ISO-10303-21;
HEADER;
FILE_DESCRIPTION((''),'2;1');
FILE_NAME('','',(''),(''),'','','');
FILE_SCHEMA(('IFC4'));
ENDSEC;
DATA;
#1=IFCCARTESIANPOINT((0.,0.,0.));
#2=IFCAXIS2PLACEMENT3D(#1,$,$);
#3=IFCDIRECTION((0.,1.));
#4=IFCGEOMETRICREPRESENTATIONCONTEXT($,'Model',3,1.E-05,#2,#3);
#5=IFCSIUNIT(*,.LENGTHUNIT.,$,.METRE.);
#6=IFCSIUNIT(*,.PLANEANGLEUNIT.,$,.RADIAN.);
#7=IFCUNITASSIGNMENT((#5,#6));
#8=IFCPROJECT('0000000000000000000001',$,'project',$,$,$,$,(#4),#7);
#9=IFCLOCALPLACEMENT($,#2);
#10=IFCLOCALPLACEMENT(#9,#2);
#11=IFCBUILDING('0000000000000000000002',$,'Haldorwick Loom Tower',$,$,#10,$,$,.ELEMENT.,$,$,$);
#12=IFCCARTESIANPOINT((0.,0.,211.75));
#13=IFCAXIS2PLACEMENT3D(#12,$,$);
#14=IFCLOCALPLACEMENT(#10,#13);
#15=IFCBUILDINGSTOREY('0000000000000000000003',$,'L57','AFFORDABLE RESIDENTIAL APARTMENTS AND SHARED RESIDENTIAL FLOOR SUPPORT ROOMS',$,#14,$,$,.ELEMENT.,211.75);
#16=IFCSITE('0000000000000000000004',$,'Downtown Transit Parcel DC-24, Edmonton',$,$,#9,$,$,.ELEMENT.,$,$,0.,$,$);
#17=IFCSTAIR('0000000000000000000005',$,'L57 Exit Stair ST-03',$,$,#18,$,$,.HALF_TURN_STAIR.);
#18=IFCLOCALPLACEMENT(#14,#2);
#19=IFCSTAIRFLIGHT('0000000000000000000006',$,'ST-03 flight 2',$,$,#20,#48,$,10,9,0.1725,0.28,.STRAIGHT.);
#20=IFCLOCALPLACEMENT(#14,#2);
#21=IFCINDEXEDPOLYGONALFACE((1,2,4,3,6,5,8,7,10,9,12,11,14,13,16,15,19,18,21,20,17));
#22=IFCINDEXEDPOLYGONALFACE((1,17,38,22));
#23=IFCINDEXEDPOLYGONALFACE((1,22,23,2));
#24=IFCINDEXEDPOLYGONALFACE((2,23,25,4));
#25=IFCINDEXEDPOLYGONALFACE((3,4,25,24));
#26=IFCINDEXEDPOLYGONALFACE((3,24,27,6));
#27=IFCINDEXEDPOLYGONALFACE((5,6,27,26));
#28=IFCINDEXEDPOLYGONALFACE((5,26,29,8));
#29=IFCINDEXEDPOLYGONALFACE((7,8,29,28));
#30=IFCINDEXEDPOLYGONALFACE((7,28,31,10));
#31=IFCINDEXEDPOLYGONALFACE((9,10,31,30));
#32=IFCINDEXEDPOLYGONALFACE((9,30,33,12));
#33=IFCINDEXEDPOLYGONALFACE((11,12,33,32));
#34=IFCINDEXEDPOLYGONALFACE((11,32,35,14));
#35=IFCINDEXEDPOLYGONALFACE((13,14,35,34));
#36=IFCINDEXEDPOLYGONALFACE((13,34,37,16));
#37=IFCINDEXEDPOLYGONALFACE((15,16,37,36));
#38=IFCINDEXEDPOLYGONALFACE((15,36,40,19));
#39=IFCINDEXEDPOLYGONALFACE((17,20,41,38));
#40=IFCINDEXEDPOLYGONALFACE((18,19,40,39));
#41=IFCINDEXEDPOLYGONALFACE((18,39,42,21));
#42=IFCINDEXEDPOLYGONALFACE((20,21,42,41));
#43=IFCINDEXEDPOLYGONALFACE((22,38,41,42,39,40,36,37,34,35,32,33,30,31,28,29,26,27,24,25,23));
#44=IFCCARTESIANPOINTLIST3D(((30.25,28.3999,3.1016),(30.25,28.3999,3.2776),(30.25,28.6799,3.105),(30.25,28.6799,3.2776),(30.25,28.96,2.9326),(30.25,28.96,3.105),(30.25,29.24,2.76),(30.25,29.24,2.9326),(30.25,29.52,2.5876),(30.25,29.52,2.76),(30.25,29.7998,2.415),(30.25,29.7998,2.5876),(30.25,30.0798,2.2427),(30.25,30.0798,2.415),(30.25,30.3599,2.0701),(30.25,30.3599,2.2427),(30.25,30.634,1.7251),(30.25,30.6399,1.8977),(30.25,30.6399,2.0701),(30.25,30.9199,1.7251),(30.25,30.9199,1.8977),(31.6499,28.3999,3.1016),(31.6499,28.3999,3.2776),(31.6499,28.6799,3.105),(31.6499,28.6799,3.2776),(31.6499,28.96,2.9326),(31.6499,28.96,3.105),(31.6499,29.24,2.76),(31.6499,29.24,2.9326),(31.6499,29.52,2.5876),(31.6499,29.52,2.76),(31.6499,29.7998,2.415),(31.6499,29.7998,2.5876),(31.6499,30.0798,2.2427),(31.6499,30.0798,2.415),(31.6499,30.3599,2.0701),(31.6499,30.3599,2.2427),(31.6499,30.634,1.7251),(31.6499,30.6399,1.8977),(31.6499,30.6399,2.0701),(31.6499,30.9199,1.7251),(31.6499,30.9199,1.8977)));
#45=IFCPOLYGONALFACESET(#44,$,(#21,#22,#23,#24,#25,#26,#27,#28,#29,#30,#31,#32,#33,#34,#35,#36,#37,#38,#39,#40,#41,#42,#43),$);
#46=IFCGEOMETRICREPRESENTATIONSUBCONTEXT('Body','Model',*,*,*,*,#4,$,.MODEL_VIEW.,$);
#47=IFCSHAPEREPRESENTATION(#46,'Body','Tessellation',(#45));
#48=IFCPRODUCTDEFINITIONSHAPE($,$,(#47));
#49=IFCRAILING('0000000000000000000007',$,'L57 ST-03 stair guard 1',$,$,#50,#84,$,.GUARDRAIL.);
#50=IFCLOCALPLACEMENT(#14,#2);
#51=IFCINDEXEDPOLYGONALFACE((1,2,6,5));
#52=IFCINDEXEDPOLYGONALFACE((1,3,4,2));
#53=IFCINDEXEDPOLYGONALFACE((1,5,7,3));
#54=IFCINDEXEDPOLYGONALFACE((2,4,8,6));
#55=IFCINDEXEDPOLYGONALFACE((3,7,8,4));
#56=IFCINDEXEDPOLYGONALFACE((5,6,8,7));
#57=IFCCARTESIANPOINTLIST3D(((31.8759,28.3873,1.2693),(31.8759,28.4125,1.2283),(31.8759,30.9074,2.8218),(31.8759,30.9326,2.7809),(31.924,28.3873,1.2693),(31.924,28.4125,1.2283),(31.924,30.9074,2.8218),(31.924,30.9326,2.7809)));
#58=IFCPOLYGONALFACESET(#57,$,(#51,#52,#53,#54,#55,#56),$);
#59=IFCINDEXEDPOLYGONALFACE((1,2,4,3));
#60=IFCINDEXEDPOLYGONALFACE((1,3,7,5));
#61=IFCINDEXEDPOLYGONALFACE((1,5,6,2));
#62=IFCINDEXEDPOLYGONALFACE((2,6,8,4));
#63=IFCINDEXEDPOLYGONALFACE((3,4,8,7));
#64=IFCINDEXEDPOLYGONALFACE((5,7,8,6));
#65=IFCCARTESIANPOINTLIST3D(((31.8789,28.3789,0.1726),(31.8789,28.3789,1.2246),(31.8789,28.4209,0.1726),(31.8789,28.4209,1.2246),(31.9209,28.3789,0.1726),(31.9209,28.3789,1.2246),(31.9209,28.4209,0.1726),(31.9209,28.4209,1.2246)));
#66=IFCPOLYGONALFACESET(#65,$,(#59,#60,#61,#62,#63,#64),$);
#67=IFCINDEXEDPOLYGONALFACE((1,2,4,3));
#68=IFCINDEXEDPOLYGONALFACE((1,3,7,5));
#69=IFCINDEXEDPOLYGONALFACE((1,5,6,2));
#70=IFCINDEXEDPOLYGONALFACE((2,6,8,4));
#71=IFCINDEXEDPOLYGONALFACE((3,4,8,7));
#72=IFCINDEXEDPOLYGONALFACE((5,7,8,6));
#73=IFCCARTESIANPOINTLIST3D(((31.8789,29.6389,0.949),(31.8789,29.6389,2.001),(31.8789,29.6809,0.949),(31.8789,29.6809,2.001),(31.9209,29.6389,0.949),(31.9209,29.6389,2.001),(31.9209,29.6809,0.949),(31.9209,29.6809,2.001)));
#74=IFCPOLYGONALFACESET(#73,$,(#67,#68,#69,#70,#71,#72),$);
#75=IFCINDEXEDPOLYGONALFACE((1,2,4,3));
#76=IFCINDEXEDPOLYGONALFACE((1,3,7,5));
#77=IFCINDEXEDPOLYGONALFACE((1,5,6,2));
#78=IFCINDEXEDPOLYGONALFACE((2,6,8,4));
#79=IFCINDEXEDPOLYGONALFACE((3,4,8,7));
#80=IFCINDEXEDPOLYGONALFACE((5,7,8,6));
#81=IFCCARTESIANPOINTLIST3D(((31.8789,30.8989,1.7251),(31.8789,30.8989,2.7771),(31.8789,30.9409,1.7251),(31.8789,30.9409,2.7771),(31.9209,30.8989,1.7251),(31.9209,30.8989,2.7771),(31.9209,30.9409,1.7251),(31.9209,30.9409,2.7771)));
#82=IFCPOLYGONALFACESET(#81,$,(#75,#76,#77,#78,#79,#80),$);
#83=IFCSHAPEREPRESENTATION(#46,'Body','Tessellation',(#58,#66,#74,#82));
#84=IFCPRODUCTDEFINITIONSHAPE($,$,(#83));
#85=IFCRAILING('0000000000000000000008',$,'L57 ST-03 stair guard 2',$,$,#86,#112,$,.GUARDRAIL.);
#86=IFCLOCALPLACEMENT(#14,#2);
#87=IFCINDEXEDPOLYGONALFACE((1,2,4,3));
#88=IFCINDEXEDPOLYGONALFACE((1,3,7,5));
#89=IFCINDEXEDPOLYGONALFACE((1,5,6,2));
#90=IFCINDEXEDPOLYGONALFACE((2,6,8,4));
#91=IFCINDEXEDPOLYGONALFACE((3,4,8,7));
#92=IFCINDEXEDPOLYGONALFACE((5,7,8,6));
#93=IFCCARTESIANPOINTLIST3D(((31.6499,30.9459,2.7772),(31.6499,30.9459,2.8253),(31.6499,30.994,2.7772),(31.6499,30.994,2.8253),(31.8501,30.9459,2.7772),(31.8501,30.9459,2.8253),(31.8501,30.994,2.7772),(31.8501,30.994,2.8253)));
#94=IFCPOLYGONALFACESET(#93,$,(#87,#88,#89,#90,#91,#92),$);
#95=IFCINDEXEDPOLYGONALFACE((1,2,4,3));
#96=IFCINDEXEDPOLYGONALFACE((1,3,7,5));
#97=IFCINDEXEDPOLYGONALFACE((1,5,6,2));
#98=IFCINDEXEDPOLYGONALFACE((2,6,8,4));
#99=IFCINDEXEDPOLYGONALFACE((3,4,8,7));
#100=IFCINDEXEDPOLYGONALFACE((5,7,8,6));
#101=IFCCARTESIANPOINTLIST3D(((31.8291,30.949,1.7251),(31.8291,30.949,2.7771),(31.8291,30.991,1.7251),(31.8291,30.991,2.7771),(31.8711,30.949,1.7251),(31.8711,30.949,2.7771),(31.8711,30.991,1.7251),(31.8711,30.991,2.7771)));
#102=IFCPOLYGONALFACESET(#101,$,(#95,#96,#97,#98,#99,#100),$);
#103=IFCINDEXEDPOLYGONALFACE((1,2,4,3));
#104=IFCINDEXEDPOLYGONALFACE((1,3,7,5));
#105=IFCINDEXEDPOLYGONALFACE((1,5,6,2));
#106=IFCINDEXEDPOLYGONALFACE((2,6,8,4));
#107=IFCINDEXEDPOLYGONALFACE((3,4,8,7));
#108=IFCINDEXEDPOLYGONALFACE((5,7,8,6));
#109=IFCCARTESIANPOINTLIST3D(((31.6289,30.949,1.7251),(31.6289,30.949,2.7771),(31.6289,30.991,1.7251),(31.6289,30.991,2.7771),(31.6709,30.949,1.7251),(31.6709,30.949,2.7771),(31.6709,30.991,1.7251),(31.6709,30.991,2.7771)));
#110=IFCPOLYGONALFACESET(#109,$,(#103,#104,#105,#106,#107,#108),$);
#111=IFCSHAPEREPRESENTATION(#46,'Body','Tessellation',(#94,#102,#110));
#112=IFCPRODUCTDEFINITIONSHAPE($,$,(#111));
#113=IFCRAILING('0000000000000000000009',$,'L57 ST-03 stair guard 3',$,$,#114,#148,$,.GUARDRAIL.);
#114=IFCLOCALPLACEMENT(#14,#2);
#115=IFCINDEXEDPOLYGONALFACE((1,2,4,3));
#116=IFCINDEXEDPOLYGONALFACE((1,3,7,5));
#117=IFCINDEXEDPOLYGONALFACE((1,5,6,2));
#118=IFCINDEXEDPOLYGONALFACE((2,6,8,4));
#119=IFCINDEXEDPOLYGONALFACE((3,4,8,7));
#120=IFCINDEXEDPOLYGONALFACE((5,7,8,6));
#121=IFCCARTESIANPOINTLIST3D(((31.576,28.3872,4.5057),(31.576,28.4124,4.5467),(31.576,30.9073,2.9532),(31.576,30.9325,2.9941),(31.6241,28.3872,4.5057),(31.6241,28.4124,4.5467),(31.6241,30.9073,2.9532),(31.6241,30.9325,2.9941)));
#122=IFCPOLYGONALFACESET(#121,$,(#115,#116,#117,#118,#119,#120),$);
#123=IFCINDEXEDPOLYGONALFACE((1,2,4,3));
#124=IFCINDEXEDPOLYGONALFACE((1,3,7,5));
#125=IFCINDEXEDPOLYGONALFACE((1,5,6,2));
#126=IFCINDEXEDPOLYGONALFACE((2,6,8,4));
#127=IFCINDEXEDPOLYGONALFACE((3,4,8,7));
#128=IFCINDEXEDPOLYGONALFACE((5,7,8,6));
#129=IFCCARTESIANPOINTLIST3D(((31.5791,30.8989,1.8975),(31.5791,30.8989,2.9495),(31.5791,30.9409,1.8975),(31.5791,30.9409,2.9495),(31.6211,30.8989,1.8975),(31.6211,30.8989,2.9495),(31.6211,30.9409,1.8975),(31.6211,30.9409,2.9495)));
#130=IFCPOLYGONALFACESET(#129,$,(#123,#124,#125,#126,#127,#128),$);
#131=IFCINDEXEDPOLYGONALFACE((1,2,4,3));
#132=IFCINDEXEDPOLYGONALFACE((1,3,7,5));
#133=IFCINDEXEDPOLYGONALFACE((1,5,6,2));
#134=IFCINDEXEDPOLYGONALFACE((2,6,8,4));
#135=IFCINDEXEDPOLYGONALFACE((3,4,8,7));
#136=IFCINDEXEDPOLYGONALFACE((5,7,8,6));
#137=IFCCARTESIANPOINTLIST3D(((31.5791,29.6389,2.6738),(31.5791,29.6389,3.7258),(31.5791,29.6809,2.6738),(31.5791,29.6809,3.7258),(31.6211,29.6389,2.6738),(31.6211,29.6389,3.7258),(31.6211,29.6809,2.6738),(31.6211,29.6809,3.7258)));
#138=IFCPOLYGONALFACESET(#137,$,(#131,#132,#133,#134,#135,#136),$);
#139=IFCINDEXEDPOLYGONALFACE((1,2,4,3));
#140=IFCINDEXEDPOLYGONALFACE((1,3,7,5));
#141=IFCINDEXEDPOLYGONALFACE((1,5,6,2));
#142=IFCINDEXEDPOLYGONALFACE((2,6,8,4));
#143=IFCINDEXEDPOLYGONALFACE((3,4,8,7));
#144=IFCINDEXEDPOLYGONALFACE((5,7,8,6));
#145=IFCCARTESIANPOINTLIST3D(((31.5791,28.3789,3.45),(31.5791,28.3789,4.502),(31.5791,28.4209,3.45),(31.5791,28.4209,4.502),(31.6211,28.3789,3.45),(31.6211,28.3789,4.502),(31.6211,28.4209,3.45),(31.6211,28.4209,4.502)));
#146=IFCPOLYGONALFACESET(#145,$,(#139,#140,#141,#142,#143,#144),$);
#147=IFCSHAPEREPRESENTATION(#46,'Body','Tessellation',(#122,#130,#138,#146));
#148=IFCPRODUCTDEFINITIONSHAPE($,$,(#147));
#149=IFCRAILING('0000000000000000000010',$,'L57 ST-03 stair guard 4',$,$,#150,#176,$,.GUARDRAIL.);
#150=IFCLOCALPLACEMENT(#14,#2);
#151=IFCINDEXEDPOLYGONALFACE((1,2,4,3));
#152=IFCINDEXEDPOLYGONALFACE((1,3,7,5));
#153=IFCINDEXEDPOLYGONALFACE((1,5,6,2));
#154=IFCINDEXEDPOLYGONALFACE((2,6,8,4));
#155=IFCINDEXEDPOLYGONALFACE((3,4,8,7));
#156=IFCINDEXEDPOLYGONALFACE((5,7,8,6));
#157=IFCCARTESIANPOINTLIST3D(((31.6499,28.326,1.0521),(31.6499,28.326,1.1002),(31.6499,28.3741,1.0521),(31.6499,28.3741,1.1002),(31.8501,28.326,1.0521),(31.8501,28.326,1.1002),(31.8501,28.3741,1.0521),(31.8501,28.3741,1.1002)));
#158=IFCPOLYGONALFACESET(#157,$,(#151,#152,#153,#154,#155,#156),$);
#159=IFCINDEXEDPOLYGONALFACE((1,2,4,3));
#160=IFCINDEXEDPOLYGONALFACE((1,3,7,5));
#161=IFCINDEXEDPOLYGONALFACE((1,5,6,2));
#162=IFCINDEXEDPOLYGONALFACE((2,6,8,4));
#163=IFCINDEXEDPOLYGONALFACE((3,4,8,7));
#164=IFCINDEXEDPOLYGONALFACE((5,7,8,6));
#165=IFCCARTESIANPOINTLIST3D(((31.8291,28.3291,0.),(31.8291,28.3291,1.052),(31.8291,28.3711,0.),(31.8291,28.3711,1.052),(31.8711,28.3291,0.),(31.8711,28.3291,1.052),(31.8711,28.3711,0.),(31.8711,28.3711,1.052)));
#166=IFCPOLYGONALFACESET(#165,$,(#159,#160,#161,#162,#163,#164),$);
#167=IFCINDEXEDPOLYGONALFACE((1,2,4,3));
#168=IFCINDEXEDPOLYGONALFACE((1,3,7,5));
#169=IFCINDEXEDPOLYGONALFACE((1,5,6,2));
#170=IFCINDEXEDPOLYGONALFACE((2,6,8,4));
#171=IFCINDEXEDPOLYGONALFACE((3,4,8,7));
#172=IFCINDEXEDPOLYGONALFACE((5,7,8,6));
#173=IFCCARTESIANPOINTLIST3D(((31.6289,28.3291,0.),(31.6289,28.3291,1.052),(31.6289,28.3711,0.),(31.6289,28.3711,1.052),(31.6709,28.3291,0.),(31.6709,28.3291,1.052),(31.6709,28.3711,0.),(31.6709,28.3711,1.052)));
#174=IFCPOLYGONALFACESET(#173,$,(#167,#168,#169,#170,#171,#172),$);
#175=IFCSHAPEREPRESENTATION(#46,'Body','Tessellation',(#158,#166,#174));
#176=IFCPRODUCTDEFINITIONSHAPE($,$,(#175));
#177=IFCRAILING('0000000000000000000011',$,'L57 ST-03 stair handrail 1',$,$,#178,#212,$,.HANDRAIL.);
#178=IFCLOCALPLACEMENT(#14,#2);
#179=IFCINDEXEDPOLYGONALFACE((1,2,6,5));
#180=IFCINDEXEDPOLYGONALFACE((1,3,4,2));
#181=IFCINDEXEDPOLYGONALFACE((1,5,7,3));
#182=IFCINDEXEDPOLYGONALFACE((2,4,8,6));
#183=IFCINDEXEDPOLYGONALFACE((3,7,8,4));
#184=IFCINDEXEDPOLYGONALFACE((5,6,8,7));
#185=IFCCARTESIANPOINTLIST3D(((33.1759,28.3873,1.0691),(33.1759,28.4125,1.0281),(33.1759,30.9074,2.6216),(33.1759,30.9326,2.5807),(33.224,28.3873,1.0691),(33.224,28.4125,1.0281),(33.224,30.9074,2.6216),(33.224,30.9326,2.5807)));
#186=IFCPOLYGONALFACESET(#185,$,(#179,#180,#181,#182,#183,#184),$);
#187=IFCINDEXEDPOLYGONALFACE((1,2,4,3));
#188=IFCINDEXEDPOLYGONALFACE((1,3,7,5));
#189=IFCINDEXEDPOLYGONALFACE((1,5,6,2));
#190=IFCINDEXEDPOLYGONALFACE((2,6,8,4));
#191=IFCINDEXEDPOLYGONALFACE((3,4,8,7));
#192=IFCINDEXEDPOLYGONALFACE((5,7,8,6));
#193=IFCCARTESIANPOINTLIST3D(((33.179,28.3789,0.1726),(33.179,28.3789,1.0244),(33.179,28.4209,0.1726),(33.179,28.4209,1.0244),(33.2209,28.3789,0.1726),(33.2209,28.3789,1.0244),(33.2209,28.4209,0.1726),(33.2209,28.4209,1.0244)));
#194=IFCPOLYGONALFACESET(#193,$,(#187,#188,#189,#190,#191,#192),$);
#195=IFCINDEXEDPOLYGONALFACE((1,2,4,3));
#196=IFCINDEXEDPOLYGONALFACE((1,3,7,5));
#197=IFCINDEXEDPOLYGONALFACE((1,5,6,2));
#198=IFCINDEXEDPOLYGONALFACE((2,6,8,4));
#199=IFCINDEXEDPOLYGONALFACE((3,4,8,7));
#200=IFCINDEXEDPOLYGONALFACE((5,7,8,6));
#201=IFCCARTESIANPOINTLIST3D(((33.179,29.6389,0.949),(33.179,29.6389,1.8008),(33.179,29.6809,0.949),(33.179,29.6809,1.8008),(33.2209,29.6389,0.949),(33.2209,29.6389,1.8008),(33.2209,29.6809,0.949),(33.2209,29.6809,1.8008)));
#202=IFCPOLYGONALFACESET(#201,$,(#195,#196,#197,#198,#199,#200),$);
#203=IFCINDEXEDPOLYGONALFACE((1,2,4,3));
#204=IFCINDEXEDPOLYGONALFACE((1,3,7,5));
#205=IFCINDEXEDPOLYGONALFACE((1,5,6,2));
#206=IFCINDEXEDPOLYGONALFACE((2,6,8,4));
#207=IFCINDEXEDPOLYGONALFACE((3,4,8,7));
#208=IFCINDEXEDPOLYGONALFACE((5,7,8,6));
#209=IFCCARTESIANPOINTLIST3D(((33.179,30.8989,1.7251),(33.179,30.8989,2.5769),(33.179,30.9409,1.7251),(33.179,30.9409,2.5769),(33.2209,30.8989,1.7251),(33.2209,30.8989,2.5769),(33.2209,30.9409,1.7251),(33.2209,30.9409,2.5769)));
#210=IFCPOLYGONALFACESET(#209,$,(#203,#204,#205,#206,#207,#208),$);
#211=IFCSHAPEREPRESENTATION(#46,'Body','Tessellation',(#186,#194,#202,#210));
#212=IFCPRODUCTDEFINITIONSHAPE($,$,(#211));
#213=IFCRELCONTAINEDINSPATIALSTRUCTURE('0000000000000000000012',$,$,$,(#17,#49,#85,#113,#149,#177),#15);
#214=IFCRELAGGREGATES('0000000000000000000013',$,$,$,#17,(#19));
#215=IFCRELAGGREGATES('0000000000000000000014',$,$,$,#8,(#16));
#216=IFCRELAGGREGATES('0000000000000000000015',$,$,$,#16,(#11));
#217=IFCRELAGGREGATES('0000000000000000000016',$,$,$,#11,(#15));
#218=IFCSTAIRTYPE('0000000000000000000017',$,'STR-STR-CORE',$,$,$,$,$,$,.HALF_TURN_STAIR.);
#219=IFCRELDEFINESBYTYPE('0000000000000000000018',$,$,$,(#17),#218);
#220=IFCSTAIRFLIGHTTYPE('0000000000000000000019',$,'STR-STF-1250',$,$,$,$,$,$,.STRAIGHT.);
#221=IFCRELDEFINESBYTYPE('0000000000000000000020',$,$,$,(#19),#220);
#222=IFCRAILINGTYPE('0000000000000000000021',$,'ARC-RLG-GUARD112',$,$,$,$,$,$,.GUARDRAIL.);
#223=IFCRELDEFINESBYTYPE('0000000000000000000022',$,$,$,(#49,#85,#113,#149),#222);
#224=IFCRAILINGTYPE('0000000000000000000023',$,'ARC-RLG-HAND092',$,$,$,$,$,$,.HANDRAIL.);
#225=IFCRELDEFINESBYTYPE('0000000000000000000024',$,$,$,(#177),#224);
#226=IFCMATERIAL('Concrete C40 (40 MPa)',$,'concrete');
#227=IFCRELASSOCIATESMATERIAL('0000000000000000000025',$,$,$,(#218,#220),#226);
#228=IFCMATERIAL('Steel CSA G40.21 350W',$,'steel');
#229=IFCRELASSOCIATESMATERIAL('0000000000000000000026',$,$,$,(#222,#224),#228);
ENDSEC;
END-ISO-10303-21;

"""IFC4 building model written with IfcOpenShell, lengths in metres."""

from ifc_helpers import new_model, si_unit, direction, frame, origin, origin_2d, place, context, subcontext, project, spatial, polyline, rectangle, outline, extrude, material, type_object, element, aggregate, save


model = new_model("IFC4")

# Units and contexts
model_context = context("Model", 3, precision=1e-05, world=origin(), true_north=direction((0.0, 1.0)))
body_context = subcontext(model_context, "Body", "Model", "MODEL_VIEW")
ifc_project = project(units=[si_unit("LENGTHUNIT", "METRE"), si_unit("PLANEANGLEUNIT", "RADIAN")], contexts=[model_context])

# Site, building, storey
site_placement = place(None, origin())
site = spatial("IfcSite", under=ifc_project, at=site_placement, Name="Downtown Transit Parcel DC-24, Edmonton", CompositionType="ELEMENT", RefElevation=0.0)
building_placement = place(site_placement, origin())
building = spatial("IfcBuilding", under=site, at=building_placement, Name="Haldorwick Loom Tower", CompositionType="ELEMENT")
storey_placement = place(building_placement, frame((0.0, 0.0, 211.75)))
storey = spatial("IfcBuildingStorey", under=building, at=storey_placement, Name="L57", Description="AFFORDABLE RESIDENTIAL APARTMENTS AND SHARED RESIDENTIAL FLOOR SUPPORT ROOMS", CompositionType="ELEMENT", Elevation=211.75)

# Shared definitions
ifc_material_1 = material(Name="Steel CSA G40.21 350W", Category="steel")

# Stair, stair flight
ifc_material_2 = material(Name="Concrete C40 (40 MPa)", Category="concrete")
stair_type = type_object("IfcStairType", Name="STR-STR-CORE", PredefinedType="HALF_TURN_STAIR", material=ifc_material_2)
stair_placement = place(storey_placement, origin())
stair = element("IfcStair", 1, at=stair_placement, inside=storey, type_object=stair_type, Name="L57 Exit Stair ST-03", PredefinedType="HALF_TURN_STAIR")
stair_flight_type = type_object("IfcStairFlightType", Name="STR-STF-1250", PredefinedType="STRAIGHT", material=ifc_material_2)
stair_flight_1_placement = place(storey_placement, frame((30.95, 30.9199, 1.7251), z_axis=(0.0, 0.0, 1.0), x_axis=(0.0, -1.0, 0.0)))
stair_flight_1 = element("IfcStairFlight", 2, at=stair_flight_1_placement, type_object=stair_flight_type, Name="ST-03 flight 2", NumberOfRisers=10, NumberOfTreads=9, PredefinedType="STRAIGHT", RiserHeight=0.1725, TreadLength=0.28, context=body_context, shape_type="SweptSolid", body=[
    extrude(outline(polyline([(0.0, 0.0), (0.0, 0.1726), (0.28, 0.1726), (0.28, 0.345), (0.5601, 0.345), (0.5601, 0.5176), (0.8401, 0.5176), (0.8401, 0.6899), (1.1201, 0.6899), (1.1201, 0.8625), (1.3999, 0.8625), (1.3999, 1.0349), (1.6799, 1.0349), (1.6799, 1.2075), (1.96, 1.2075), (1.96, 1.3799), (2.24, 1.3799), (2.24, 1.5525), (2.52, 1.5525), (2.52, 1.7251), (2.52, 1.3765), (0.2859, 0.0), (0.0, 0.0)])), frame((0.0, 0.7, 0.0), z_axis=(0.0, -1.0, 0.0), x_axis=(1.0, 0.0, 0.0)), (0.0, 0.0, 1.0), 1.3999),
])
aggregate(stair, [stair_flight_1])

# Railings
railing_type_1 = type_object("IfcRailingType", Name="ARC-RLG-GUARD112", PredefinedType="GUARDRAIL", material=ifc_material_1)
railing_1_placement = place(storey_placement, frame((31.8999, 28.3999, 0.1726)))
element("IfcRailing", 3, at=railing_1_placement, inside=storey, type_object=railing_type_1, Name="L57 ST-03 stair guard 1", PredefinedType="GUARDRAIL", context=body_context, shape_type="SweptSolid", body=[
    extrude(rectangle(XDim=0.0481, YDim=0.0481, at=origin_2d()), frame((0.0, 0.0, 1.0762), z_axis=(0.0, 0.8514, 0.524516), x_axis=(-1.0, 0.0, 0.0)), (0.0, 0.0, 1.0), 2.96),
    extrude(rectangle(XDim=0.042, YDim=0.042, at=origin_2d()), origin(), (0.0, 0.0, 1.0), 1.052),
    extrude(rectangle(XDim=0.042, YDim=0.042, at=origin_2d()), frame((0.0, 1.26, 0.7764)), (0.0, 0.0, 1.0), 1.052),
    extrude(rectangle(XDim=0.042, YDim=0.042, at=origin_2d()), frame((0.0, 2.52, 1.5525)), (0.0, 0.0, 1.0), 1.052),
])
railing_2_placement = place(storey_placement, frame((31.8501, 30.97, 1.7251)))
element("IfcRailing", 4, at=railing_2_placement, inside=storey, type_object=railing_type_1, Name="L57 ST-03 stair guard 2", PredefinedType="GUARDRAIL", context=body_context, shape_type="SweptSolid", body=[
    extrude(rectangle(XDim=0.0481, YDim=0.0481, at=origin_2d()), frame((0.0, 0.0, 1.0762), z_axis=(-1.0, 0.0, 0.0), x_axis=(0.0, -1.0, 0.0)), (0.0, 0.0, 1.0), 0.2002),
    extrude(rectangle(XDim=0.042, YDim=0.042, at=origin_2d()), origin(), (0.0, 0.0, 1.0), 1.052),
    extrude(rectangle(XDim=0.042, YDim=0.042, at=origin_2d()), frame((-0.2002, 0.0, 0.0)), (0.0, 0.0, 1.0), 1.052),
])
railing_3_placement = place(storey_placement, frame((31.6001, 30.9199, 1.8975)))
element("IfcRailing", 5, at=railing_3_placement, inside=storey, type_object=railing_type_1, Name="L57 ST-03 stair guard 3", PredefinedType="GUARDRAIL", context=body_context, shape_type="SweptSolid", body=[
    extrude(rectangle(XDim=0.0481, YDim=0.0481, at=origin_2d()), frame((0.0, 0.0, 1.0762), z_axis=(0.0, -0.8514, 0.524516), x_axis=(1.0, 0.0, 0.0)), (0.0, 0.0, 1.0), 2.96),
    extrude(rectangle(XDim=0.042, YDim=0.042, at=origin_2d()), origin(), (0.0, 0.0, 1.0), 1.052),
    extrude(rectangle(XDim=0.042, YDim=0.042, at=origin_2d()), frame((0.0, -1.26, 0.7764)), (0.0, 0.0, 1.0), 1.052),
    extrude(rectangle(XDim=0.042, YDim=0.042, at=origin_2d()), frame((0.0, -2.52, 1.5525)), (0.0, 0.0, 1.0), 1.052),
])
railing_4_placement = place(storey_placement, frame((31.8501, 28.3501, 0.0)))
element("IfcRailing", 6, at=railing_4_placement, inside=storey, type_object=railing_type_1, Name="L57 ST-03 stair guard 4", PredefinedType="GUARDRAIL", context=body_context, shape_type="SweptSolid", body=[
    extrude(rectangle(XDim=0.0481, YDim=0.0481, at=origin_2d()), frame((0.0, 0.0, 1.0762), z_axis=(-1.0, 0.0, 0.0), x_axis=(0.0, -1.0, 0.0)), (0.0, 0.0, 1.0), 0.2002),
    extrude(rectangle(XDim=0.042, YDim=0.042, at=origin_2d()), origin(), (0.0, 0.0, 1.0), 1.052),
    extrude(rectangle(XDim=0.042, YDim=0.042, at=origin_2d()), frame((-0.2002, 0.0, 0.0)), (0.0, 0.0, 1.0), 1.052),
])
railing_type_2 = type_object("IfcRailingType", Name="ARC-RLG-HAND092", PredefinedType="HANDRAIL", material=ifc_material_1)
railing_5_placement = place(storey_placement, frame((33.2, 28.3999, 0.1726)))
element("IfcRailing", 7, at=railing_5_placement, inside=storey, type_object=railing_type_2, Name="L57 ST-03 stair handrail 1", PredefinedType="HANDRAIL", context=body_context, shape_type="SweptSolid", body=[
    extrude(rectangle(XDim=0.0481, YDim=0.0481, at=origin_2d()), frame((0.0, 0.0, 0.876), z_axis=(0.0, 0.8514, 0.524516), x_axis=(-1.0, 0.0, 0.0)), (0.0, 0.0, 1.0), 2.96),
    extrude(rectangle(XDim=0.042, YDim=0.042, at=origin_2d()), origin(), (0.0, 0.0, 1.0), 0.8518),
    extrude(rectangle(XDim=0.042, YDim=0.042, at=origin_2d()), frame((0.0, 1.26, 0.7764)), (0.0, 0.0, 1.0), 0.8518),
    extrude(rectangle(XDim=0.042, YDim=0.042, at=origin_2d()), frame((0.0, 2.52, 1.5525)), (0.0, 0.0, 1.0), 0.8518),
])

save(model, "model.ifc")
